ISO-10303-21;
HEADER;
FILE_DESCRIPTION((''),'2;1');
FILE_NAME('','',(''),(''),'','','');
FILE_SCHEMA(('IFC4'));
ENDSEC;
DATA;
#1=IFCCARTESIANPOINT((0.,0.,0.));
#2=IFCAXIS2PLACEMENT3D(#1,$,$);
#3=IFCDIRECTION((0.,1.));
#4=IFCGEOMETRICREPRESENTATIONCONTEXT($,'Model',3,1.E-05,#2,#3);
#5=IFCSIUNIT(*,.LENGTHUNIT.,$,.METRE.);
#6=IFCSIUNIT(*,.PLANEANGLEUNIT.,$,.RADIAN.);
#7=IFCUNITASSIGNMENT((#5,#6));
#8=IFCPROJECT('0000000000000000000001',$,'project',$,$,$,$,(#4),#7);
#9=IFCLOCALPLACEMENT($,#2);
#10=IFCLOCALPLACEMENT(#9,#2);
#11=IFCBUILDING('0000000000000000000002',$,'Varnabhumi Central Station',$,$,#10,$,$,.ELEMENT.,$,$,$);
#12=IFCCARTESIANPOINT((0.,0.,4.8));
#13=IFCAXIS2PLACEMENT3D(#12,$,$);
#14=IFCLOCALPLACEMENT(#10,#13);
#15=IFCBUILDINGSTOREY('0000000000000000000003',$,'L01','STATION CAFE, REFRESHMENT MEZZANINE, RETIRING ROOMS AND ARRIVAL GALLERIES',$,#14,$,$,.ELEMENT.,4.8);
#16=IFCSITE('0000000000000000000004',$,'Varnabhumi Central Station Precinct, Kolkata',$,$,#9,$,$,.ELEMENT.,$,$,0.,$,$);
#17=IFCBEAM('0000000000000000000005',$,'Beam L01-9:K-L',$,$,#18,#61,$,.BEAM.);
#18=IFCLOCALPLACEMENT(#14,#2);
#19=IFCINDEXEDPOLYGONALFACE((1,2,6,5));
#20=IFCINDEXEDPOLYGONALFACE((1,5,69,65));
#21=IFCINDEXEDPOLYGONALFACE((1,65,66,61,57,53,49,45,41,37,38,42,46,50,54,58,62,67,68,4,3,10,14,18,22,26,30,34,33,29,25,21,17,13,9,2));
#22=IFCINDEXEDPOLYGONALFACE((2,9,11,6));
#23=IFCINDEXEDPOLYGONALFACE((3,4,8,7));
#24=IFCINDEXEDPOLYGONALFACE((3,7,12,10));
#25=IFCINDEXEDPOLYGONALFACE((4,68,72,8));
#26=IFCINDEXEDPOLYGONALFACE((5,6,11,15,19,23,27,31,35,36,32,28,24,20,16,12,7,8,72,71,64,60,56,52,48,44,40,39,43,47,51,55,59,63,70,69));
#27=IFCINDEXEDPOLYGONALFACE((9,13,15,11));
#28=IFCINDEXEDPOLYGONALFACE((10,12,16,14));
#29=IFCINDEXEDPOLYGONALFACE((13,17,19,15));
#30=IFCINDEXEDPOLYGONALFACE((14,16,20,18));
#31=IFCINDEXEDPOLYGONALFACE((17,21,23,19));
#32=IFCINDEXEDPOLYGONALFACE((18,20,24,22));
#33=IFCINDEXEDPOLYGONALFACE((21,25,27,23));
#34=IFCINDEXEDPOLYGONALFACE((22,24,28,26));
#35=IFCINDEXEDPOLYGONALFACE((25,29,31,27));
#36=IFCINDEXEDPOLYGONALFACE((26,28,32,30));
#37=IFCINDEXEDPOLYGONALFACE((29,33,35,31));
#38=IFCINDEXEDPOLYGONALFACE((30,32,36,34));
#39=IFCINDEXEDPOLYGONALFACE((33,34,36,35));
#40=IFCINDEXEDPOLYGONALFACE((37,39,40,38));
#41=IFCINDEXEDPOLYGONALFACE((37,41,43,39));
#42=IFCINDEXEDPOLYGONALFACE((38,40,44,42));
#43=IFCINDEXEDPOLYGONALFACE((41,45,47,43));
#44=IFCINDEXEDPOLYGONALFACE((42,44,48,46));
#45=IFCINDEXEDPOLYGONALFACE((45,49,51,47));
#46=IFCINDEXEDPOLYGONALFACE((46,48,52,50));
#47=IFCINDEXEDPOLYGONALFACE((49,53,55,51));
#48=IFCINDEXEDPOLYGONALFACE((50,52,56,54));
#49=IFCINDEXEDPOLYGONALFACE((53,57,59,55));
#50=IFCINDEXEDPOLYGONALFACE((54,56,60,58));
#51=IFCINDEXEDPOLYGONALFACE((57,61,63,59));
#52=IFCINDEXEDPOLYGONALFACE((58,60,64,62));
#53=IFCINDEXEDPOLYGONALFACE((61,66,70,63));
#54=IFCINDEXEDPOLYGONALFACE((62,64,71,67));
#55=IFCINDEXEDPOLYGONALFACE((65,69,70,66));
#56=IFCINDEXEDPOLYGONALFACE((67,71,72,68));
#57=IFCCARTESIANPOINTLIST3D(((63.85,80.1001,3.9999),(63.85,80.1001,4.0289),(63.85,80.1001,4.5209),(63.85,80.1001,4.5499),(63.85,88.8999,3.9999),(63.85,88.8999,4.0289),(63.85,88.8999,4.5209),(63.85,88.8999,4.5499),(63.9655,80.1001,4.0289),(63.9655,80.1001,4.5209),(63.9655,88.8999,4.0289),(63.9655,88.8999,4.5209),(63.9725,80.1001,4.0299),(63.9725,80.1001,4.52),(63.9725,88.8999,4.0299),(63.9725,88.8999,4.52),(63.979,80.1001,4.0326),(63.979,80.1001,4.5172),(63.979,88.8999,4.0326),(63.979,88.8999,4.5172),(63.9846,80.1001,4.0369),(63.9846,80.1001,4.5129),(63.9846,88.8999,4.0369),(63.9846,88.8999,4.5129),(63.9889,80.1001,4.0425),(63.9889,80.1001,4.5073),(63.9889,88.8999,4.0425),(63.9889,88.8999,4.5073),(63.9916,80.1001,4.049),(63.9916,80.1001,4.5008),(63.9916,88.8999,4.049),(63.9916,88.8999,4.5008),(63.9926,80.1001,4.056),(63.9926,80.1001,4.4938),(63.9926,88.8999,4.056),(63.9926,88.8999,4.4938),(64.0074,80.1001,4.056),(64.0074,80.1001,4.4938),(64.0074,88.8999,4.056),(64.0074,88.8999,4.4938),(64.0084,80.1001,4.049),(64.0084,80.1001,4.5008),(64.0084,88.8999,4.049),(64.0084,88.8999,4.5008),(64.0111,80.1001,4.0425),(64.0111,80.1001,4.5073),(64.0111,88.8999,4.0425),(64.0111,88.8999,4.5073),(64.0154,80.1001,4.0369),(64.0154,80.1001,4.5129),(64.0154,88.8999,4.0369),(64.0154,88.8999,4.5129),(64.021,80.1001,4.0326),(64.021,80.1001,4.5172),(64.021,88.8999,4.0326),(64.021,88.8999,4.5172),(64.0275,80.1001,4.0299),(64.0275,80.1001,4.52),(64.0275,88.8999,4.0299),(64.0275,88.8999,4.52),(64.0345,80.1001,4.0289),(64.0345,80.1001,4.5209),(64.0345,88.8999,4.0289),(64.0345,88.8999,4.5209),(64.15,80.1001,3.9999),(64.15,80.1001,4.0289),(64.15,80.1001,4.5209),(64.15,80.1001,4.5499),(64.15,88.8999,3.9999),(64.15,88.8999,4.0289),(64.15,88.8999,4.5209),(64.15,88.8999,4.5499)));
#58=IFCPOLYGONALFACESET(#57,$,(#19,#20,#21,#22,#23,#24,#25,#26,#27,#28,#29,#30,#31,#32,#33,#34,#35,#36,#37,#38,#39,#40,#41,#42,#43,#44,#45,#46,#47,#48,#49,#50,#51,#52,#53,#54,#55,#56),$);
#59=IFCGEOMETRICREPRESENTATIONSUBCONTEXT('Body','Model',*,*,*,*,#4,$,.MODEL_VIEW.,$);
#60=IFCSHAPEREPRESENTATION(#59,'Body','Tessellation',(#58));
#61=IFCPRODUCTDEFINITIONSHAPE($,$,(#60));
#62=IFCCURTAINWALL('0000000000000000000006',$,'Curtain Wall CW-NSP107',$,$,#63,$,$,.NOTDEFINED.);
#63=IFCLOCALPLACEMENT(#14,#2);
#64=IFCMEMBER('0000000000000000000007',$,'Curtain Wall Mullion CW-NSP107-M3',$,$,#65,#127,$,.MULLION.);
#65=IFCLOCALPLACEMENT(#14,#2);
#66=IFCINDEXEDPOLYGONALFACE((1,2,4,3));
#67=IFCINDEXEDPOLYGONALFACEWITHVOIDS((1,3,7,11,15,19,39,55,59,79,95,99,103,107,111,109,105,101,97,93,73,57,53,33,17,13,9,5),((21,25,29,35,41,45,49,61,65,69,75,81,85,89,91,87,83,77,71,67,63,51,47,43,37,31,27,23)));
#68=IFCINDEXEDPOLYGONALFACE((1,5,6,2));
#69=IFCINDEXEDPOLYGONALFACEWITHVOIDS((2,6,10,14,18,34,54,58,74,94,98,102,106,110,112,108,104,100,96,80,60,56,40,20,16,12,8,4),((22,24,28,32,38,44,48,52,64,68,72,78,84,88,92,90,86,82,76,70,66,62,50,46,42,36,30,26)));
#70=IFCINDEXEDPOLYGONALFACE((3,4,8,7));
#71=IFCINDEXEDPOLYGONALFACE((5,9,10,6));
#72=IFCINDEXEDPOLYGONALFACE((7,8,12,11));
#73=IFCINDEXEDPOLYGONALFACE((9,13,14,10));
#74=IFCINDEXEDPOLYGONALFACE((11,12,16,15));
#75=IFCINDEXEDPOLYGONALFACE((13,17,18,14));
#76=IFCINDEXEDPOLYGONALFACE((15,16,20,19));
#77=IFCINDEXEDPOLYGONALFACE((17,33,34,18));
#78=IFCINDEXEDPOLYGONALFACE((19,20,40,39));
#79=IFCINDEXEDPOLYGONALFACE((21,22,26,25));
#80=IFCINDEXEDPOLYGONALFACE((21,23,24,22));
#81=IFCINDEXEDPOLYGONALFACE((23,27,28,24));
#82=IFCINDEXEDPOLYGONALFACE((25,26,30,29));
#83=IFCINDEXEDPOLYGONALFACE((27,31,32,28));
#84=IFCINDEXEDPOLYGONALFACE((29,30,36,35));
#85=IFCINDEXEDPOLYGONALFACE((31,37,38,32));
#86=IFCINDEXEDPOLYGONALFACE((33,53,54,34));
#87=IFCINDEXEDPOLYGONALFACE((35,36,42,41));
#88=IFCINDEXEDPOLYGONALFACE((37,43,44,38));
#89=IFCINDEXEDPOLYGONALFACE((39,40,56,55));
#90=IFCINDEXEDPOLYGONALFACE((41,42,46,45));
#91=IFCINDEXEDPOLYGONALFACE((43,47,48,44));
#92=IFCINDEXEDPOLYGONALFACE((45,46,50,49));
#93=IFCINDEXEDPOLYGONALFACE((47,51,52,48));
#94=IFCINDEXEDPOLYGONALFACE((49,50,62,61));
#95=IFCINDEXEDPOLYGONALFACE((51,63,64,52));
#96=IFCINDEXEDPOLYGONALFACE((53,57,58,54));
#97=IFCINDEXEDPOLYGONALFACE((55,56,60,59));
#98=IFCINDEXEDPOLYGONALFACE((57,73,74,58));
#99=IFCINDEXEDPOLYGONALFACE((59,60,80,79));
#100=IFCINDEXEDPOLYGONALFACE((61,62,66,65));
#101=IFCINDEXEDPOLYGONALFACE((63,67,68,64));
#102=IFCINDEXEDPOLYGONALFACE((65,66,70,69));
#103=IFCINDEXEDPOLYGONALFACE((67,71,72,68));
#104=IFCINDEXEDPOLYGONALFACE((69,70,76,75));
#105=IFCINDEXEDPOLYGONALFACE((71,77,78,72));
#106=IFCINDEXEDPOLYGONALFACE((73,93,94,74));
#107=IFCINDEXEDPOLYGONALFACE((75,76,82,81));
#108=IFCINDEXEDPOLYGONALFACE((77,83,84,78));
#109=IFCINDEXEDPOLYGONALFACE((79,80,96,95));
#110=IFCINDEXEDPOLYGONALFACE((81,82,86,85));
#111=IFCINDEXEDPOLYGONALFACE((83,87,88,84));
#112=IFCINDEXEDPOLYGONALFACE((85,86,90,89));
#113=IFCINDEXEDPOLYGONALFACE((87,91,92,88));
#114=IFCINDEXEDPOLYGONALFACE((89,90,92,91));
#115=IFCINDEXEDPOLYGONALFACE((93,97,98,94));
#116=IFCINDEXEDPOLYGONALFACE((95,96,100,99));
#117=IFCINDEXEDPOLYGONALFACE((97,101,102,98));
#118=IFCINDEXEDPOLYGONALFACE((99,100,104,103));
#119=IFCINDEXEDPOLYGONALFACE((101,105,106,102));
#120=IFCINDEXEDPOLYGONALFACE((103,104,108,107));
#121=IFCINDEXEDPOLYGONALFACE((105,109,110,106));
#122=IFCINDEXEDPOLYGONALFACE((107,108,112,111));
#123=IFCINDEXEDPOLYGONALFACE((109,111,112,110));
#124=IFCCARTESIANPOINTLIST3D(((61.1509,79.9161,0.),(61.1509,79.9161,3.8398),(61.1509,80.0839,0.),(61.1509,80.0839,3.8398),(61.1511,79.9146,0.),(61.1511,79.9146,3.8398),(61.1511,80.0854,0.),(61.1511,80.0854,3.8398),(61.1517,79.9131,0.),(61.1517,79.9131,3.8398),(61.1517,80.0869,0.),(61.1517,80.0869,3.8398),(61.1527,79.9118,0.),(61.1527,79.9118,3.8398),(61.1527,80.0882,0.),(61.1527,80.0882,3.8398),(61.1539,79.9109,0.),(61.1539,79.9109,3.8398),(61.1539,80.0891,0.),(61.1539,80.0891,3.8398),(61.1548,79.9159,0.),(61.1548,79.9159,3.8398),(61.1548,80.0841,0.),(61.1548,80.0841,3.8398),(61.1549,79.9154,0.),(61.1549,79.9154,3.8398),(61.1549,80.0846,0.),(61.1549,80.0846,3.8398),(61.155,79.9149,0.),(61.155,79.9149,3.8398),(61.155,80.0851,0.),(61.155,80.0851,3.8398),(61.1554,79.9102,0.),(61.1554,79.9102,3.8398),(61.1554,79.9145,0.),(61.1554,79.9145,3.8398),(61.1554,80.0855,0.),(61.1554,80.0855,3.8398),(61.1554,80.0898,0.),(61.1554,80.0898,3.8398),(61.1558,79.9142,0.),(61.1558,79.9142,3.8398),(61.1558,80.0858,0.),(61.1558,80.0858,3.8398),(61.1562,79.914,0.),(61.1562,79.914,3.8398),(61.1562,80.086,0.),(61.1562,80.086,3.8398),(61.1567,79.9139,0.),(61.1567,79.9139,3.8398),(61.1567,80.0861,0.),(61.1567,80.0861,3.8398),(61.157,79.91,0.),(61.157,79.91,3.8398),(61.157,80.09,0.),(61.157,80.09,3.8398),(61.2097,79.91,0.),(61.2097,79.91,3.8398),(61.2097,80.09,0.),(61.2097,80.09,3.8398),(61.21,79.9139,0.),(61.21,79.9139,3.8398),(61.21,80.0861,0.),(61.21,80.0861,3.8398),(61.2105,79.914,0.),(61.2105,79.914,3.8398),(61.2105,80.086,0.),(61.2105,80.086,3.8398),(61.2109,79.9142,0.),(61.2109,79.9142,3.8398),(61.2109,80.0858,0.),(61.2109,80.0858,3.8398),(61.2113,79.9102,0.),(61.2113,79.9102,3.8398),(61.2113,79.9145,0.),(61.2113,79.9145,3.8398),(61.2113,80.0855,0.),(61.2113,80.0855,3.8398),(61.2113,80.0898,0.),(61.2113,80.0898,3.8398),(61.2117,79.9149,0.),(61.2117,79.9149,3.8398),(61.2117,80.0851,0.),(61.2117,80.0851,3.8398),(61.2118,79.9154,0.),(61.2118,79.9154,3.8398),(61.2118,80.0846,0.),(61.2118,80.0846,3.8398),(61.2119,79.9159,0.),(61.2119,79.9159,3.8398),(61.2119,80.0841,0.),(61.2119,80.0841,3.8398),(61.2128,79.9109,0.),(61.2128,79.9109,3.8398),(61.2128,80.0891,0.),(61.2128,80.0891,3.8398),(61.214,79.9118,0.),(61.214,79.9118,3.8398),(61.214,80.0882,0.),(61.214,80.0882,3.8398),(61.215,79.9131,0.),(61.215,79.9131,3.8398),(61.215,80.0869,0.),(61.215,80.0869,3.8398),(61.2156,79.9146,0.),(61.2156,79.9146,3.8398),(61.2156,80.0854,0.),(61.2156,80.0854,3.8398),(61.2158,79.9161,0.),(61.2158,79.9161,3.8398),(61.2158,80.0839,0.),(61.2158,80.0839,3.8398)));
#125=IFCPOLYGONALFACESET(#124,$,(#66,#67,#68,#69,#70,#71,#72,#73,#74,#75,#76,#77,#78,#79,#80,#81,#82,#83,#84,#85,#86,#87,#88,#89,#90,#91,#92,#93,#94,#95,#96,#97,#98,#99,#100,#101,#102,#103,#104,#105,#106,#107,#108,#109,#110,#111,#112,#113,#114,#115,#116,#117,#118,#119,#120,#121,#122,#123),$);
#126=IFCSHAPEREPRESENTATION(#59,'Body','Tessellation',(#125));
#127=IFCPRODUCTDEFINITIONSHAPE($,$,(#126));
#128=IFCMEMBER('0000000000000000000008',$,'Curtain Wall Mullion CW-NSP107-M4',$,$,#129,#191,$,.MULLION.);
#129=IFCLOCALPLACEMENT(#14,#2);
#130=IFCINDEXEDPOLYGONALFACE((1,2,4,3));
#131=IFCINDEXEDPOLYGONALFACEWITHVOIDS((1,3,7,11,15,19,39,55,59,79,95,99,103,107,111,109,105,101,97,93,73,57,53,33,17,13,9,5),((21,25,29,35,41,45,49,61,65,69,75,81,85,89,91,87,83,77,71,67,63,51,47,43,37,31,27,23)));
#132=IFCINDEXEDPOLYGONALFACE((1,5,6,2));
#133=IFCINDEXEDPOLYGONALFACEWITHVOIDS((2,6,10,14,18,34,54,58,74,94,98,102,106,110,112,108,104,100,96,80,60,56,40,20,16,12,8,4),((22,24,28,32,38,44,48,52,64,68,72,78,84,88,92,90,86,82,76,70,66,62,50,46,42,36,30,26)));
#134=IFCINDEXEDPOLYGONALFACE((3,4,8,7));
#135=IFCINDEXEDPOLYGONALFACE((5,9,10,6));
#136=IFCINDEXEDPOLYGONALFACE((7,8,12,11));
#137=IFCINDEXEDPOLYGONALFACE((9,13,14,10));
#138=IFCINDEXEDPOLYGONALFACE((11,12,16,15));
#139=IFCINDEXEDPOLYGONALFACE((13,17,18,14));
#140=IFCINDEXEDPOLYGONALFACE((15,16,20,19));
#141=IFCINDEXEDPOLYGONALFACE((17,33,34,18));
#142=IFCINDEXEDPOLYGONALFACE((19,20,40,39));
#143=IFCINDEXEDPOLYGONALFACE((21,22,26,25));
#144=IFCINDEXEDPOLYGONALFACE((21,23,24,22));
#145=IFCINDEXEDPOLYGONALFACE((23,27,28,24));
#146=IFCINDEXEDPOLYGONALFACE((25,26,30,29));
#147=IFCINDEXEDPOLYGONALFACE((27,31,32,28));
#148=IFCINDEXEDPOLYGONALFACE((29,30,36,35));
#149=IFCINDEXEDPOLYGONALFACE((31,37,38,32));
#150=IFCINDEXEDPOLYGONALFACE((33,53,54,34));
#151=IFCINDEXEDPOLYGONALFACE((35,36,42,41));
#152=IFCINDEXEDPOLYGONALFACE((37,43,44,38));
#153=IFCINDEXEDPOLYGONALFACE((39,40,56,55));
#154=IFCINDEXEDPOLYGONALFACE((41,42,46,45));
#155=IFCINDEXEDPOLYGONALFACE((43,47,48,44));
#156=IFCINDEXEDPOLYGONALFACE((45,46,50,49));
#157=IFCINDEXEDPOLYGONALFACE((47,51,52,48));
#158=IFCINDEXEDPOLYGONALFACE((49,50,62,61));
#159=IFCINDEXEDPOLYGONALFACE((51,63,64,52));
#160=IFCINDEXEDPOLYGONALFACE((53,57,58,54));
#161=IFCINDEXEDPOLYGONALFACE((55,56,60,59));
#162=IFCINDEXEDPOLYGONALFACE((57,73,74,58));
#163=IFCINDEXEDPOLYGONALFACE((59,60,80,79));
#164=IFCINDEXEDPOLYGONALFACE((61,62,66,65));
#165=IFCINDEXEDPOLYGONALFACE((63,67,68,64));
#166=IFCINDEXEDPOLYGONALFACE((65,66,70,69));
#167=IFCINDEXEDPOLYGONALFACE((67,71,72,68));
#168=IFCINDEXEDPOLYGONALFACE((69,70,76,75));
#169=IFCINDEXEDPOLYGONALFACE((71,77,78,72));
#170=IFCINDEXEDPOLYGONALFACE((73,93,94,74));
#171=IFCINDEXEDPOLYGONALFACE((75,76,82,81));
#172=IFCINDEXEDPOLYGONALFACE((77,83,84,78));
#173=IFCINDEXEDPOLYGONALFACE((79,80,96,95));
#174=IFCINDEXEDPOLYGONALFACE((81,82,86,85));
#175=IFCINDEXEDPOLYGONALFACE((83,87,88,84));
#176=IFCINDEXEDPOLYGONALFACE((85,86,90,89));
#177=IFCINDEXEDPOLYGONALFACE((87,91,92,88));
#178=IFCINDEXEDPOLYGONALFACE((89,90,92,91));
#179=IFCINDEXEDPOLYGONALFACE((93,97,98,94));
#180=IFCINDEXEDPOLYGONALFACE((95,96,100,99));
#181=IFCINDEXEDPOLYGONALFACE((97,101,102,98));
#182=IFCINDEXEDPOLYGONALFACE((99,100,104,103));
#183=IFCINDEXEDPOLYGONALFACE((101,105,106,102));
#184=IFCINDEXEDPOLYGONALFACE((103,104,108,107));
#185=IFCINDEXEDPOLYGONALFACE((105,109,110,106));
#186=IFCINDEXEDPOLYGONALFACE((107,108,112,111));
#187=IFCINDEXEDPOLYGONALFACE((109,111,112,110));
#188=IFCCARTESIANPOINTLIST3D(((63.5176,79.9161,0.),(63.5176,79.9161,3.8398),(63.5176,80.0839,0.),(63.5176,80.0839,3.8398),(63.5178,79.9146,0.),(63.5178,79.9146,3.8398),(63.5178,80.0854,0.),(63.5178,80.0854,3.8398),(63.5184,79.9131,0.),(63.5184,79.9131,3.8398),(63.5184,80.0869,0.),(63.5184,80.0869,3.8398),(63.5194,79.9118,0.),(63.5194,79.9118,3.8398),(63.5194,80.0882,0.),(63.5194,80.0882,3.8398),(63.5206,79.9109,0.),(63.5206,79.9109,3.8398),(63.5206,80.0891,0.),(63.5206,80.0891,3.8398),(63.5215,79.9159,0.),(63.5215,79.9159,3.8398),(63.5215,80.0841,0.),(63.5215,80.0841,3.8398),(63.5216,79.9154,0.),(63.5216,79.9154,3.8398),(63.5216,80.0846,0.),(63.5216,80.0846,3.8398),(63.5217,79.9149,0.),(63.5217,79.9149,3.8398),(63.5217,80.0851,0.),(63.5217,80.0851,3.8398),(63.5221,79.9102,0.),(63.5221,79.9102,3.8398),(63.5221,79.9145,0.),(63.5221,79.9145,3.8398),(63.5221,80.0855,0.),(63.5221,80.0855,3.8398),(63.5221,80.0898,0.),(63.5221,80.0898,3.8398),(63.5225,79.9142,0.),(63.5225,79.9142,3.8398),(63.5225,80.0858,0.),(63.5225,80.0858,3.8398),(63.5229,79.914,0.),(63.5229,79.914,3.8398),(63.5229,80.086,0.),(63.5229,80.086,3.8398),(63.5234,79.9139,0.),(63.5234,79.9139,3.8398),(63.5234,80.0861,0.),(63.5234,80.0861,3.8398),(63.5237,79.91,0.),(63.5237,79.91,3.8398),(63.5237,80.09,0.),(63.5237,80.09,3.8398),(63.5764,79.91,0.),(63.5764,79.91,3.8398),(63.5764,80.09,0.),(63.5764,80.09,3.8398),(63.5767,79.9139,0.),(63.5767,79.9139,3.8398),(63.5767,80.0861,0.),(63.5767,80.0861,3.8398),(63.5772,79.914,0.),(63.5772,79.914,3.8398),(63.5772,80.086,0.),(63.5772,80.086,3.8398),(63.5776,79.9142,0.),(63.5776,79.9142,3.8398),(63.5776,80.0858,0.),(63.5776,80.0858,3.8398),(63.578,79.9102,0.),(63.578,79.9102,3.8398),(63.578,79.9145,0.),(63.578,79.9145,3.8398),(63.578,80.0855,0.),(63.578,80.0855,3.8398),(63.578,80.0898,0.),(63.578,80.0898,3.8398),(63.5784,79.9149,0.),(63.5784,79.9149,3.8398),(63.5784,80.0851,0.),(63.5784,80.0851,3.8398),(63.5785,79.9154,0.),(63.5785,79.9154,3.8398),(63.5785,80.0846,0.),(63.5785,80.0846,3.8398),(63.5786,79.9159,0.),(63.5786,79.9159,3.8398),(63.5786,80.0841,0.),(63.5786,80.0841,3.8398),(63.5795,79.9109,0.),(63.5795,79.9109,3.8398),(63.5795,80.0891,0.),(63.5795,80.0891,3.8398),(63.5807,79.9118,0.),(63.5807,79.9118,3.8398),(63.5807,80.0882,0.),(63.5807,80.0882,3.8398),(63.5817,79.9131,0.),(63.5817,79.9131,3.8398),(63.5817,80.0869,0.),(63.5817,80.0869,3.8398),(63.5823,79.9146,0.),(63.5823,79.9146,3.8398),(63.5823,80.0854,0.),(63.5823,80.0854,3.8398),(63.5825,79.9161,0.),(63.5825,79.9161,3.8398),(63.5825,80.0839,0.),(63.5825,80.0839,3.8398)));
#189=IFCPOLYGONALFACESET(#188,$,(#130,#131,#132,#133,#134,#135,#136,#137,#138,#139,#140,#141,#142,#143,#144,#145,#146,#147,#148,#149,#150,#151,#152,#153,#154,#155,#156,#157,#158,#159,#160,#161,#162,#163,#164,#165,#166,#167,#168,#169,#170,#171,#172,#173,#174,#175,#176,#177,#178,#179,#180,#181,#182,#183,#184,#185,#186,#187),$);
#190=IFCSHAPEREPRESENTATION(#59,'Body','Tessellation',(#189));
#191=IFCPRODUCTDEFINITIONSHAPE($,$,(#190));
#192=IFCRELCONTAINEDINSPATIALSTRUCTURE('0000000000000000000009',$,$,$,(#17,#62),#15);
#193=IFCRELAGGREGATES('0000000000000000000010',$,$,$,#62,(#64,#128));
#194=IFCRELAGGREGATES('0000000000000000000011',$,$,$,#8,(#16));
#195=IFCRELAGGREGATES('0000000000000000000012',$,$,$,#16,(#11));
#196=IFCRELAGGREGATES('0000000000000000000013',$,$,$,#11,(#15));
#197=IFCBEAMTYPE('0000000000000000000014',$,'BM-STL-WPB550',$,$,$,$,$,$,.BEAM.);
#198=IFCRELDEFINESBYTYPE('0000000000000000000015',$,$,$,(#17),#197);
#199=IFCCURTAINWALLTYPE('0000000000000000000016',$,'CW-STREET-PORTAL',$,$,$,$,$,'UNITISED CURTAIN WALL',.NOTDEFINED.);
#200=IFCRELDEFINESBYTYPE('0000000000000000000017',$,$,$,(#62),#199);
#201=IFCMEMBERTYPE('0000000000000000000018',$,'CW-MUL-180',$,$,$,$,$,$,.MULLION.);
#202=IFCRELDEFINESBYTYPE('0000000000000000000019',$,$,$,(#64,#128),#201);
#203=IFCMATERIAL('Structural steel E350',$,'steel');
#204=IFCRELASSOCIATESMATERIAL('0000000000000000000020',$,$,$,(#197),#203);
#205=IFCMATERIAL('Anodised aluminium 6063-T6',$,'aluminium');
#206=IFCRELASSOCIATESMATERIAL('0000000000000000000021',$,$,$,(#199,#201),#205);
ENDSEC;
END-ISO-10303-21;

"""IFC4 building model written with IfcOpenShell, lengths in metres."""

from ifc_helpers import new_model, si_unit, direction, frame, origin, origin_2d, place, context, subcontext, project, spatial, hollow_rectangle, i_section, extrude, material, material_profile, profile_set, type_object, element, aggregate, save


model = new_model("IFC4")

# Units and contexts
model_context = context("Model", 3, precision=1e-05, world=origin(), true_north=direction((0.0, 1.0)))
body_context = subcontext(model_context, "Body", "Model", "MODEL_VIEW")
ifc_project = project(units=[si_unit("LENGTHUNIT", "METRE"), si_unit("PLANEANGLEUNIT", "RADIAN")], contexts=[model_context])

# Site, building, storey
site_placement = place(None, origin())
site = spatial("IfcSite", under=ifc_project, at=site_placement, Name="Varnabhumi Central Station Precinct, Kolkata", CompositionType="ELEMENT", RefElevation=0.0)
building_placement = place(site_placement, origin())
building = spatial("IfcBuilding", under=site, at=building_placement, Name="Varnabhumi Central Station", CompositionType="ELEMENT")
storey_placement = place(building_placement, frame((0.0, 0.0, 4.8)))
storey = spatial("IfcBuildingStorey", under=building, at=storey_placement, Name="L01", Description="STATION CAFE, REFRESHMENT MEZZANINE, RETIRING ROOMS AND ARRIVAL GALLERIES", CompositionType="ELEMENT", Elevation=4.8)

# Beam
ifc_material_1 = material(Name="Structural steel E350", Category="steel")
ifc_material_profile_1 = material_profile(ifc_material_1, i_section(OverallWidth=0.3, OverallDepth=0.55, WebThickness=0.0149, FlangeThickness=0.0291, FilletRadius=0.0271, at=origin_2d()), Name="Structural steel E350", Category="steel")
ifc_profile_set_1 = profile_set([ifc_material_profile_1], Name="Structural steel E350")
beam_type_1 = type_object("IfcBeamType", Name="BM-STL-WPB550", PredefinedType="BEAM", material=ifc_profile_set_1)
beam_1_placement = place(storey_placement, frame((64.0, 80.1001, 4.2749), z_axis=(0.0, 1.0, 0.0), x_axis=(-1.0, 0.0, 0.0)))
element("IfcBeam", 1, at=beam_1_placement, inside=storey, type_object=beam_type_1, Name="Beam L01-9:K-L", PredefinedType="BEAM", context=body_context, shape_type="SweptSolid", body=[
    extrude(i_section(OverallWidth=0.3, OverallDepth=0.55, WebThickness=0.0149, FlangeThickness=0.0291, FilletRadius=0.0271, at=origin_2d()), origin(), (0.0, 0.0, 1.0), 8.7998),
])

# Curtain wall, members
ifc_material_2 = material(Name="Anodised aluminium 6063-T6", Category="aluminium")
curtain_wall_type_1 = type_object("IfcCurtainWallType", Name="CW-STREET-PORTAL", ElementType="UNITISED CURTAIN WALL", PredefinedType="NOTDEFINED", material=ifc_material_2)
curtain_wall_1_placement = place(storey_placement, origin())
curtain_wall_1 = element("IfcCurtainWall", 2, at=curtain_wall_1_placement, inside=storey, type_object=curtain_wall_type_1, Name="Curtain Wall CW-NSP107", PredefinedType="NOTDEFINED")
ifc_material_profile_2 = material_profile(ifc_material_2, hollow_rectangle(XDim=0.0649, YDim=0.1799, WallThickness=0.0039, InnerFilletRadius=0.002, OuterFilletRadius=0.0061, at=origin_2d()), Name="Anodised aluminium 6063-T6", Category="aluminium")
ifc_profile_set_2 = profile_set([ifc_material_profile_2], Name="Anodised aluminium 6063-T6")
member_type_1 = type_object("IfcMemberType", Name="CW-MUL-180", PredefinedType="MULLION", material=ifc_profile_set_2)
member_1_placement = place(storey_placement, frame((61.1833, 80.0, 0.0), z_axis=(0.0, 0.0, 1.0), x_axis=(1.0, 0.0, 0.0)))
member_1 = element("IfcMember", 3, at=member_1_placement, type_object=member_type_1, Name="Curtain Wall Mullion CW-NSP107-M3", PredefinedType="MULLION", context=body_context, shape_type="SweptSolid", body=[
    extrude(hollow_rectangle(XDim=0.0649, YDim=0.1799, WallThickness=0.0039, InnerFilletRadius=0.002, OuterFilletRadius=0.0061, at=origin_2d()), origin(), (0.0, 0.0, 1.0), 3.8398),
])
member_2_placement = place(storey_placement, frame((63.55, 80.0, 0.0), z_axis=(0.0, 0.0, 1.0), x_axis=(1.0, 0.0, 0.0)))
member_2 = element("IfcMember", 4, at=member_2_placement, type_object=member_type_1, Name="Curtain Wall Mullion CW-NSP107-M4", PredefinedType="MULLION", context=body_context, shape_type="SweptSolid", body=[
    extrude(hollow_rectangle(XDim=0.0649, YDim=0.1799, WallThickness=0.0039, InnerFilletRadius=0.002, OuterFilletRadius=0.0061, at=origin_2d()), origin(), (0.0, 0.0, 1.0), 3.8398),
])

aggregate(curtain_wall_1, [member_1, member_2])

save(model, "model.ifc")
